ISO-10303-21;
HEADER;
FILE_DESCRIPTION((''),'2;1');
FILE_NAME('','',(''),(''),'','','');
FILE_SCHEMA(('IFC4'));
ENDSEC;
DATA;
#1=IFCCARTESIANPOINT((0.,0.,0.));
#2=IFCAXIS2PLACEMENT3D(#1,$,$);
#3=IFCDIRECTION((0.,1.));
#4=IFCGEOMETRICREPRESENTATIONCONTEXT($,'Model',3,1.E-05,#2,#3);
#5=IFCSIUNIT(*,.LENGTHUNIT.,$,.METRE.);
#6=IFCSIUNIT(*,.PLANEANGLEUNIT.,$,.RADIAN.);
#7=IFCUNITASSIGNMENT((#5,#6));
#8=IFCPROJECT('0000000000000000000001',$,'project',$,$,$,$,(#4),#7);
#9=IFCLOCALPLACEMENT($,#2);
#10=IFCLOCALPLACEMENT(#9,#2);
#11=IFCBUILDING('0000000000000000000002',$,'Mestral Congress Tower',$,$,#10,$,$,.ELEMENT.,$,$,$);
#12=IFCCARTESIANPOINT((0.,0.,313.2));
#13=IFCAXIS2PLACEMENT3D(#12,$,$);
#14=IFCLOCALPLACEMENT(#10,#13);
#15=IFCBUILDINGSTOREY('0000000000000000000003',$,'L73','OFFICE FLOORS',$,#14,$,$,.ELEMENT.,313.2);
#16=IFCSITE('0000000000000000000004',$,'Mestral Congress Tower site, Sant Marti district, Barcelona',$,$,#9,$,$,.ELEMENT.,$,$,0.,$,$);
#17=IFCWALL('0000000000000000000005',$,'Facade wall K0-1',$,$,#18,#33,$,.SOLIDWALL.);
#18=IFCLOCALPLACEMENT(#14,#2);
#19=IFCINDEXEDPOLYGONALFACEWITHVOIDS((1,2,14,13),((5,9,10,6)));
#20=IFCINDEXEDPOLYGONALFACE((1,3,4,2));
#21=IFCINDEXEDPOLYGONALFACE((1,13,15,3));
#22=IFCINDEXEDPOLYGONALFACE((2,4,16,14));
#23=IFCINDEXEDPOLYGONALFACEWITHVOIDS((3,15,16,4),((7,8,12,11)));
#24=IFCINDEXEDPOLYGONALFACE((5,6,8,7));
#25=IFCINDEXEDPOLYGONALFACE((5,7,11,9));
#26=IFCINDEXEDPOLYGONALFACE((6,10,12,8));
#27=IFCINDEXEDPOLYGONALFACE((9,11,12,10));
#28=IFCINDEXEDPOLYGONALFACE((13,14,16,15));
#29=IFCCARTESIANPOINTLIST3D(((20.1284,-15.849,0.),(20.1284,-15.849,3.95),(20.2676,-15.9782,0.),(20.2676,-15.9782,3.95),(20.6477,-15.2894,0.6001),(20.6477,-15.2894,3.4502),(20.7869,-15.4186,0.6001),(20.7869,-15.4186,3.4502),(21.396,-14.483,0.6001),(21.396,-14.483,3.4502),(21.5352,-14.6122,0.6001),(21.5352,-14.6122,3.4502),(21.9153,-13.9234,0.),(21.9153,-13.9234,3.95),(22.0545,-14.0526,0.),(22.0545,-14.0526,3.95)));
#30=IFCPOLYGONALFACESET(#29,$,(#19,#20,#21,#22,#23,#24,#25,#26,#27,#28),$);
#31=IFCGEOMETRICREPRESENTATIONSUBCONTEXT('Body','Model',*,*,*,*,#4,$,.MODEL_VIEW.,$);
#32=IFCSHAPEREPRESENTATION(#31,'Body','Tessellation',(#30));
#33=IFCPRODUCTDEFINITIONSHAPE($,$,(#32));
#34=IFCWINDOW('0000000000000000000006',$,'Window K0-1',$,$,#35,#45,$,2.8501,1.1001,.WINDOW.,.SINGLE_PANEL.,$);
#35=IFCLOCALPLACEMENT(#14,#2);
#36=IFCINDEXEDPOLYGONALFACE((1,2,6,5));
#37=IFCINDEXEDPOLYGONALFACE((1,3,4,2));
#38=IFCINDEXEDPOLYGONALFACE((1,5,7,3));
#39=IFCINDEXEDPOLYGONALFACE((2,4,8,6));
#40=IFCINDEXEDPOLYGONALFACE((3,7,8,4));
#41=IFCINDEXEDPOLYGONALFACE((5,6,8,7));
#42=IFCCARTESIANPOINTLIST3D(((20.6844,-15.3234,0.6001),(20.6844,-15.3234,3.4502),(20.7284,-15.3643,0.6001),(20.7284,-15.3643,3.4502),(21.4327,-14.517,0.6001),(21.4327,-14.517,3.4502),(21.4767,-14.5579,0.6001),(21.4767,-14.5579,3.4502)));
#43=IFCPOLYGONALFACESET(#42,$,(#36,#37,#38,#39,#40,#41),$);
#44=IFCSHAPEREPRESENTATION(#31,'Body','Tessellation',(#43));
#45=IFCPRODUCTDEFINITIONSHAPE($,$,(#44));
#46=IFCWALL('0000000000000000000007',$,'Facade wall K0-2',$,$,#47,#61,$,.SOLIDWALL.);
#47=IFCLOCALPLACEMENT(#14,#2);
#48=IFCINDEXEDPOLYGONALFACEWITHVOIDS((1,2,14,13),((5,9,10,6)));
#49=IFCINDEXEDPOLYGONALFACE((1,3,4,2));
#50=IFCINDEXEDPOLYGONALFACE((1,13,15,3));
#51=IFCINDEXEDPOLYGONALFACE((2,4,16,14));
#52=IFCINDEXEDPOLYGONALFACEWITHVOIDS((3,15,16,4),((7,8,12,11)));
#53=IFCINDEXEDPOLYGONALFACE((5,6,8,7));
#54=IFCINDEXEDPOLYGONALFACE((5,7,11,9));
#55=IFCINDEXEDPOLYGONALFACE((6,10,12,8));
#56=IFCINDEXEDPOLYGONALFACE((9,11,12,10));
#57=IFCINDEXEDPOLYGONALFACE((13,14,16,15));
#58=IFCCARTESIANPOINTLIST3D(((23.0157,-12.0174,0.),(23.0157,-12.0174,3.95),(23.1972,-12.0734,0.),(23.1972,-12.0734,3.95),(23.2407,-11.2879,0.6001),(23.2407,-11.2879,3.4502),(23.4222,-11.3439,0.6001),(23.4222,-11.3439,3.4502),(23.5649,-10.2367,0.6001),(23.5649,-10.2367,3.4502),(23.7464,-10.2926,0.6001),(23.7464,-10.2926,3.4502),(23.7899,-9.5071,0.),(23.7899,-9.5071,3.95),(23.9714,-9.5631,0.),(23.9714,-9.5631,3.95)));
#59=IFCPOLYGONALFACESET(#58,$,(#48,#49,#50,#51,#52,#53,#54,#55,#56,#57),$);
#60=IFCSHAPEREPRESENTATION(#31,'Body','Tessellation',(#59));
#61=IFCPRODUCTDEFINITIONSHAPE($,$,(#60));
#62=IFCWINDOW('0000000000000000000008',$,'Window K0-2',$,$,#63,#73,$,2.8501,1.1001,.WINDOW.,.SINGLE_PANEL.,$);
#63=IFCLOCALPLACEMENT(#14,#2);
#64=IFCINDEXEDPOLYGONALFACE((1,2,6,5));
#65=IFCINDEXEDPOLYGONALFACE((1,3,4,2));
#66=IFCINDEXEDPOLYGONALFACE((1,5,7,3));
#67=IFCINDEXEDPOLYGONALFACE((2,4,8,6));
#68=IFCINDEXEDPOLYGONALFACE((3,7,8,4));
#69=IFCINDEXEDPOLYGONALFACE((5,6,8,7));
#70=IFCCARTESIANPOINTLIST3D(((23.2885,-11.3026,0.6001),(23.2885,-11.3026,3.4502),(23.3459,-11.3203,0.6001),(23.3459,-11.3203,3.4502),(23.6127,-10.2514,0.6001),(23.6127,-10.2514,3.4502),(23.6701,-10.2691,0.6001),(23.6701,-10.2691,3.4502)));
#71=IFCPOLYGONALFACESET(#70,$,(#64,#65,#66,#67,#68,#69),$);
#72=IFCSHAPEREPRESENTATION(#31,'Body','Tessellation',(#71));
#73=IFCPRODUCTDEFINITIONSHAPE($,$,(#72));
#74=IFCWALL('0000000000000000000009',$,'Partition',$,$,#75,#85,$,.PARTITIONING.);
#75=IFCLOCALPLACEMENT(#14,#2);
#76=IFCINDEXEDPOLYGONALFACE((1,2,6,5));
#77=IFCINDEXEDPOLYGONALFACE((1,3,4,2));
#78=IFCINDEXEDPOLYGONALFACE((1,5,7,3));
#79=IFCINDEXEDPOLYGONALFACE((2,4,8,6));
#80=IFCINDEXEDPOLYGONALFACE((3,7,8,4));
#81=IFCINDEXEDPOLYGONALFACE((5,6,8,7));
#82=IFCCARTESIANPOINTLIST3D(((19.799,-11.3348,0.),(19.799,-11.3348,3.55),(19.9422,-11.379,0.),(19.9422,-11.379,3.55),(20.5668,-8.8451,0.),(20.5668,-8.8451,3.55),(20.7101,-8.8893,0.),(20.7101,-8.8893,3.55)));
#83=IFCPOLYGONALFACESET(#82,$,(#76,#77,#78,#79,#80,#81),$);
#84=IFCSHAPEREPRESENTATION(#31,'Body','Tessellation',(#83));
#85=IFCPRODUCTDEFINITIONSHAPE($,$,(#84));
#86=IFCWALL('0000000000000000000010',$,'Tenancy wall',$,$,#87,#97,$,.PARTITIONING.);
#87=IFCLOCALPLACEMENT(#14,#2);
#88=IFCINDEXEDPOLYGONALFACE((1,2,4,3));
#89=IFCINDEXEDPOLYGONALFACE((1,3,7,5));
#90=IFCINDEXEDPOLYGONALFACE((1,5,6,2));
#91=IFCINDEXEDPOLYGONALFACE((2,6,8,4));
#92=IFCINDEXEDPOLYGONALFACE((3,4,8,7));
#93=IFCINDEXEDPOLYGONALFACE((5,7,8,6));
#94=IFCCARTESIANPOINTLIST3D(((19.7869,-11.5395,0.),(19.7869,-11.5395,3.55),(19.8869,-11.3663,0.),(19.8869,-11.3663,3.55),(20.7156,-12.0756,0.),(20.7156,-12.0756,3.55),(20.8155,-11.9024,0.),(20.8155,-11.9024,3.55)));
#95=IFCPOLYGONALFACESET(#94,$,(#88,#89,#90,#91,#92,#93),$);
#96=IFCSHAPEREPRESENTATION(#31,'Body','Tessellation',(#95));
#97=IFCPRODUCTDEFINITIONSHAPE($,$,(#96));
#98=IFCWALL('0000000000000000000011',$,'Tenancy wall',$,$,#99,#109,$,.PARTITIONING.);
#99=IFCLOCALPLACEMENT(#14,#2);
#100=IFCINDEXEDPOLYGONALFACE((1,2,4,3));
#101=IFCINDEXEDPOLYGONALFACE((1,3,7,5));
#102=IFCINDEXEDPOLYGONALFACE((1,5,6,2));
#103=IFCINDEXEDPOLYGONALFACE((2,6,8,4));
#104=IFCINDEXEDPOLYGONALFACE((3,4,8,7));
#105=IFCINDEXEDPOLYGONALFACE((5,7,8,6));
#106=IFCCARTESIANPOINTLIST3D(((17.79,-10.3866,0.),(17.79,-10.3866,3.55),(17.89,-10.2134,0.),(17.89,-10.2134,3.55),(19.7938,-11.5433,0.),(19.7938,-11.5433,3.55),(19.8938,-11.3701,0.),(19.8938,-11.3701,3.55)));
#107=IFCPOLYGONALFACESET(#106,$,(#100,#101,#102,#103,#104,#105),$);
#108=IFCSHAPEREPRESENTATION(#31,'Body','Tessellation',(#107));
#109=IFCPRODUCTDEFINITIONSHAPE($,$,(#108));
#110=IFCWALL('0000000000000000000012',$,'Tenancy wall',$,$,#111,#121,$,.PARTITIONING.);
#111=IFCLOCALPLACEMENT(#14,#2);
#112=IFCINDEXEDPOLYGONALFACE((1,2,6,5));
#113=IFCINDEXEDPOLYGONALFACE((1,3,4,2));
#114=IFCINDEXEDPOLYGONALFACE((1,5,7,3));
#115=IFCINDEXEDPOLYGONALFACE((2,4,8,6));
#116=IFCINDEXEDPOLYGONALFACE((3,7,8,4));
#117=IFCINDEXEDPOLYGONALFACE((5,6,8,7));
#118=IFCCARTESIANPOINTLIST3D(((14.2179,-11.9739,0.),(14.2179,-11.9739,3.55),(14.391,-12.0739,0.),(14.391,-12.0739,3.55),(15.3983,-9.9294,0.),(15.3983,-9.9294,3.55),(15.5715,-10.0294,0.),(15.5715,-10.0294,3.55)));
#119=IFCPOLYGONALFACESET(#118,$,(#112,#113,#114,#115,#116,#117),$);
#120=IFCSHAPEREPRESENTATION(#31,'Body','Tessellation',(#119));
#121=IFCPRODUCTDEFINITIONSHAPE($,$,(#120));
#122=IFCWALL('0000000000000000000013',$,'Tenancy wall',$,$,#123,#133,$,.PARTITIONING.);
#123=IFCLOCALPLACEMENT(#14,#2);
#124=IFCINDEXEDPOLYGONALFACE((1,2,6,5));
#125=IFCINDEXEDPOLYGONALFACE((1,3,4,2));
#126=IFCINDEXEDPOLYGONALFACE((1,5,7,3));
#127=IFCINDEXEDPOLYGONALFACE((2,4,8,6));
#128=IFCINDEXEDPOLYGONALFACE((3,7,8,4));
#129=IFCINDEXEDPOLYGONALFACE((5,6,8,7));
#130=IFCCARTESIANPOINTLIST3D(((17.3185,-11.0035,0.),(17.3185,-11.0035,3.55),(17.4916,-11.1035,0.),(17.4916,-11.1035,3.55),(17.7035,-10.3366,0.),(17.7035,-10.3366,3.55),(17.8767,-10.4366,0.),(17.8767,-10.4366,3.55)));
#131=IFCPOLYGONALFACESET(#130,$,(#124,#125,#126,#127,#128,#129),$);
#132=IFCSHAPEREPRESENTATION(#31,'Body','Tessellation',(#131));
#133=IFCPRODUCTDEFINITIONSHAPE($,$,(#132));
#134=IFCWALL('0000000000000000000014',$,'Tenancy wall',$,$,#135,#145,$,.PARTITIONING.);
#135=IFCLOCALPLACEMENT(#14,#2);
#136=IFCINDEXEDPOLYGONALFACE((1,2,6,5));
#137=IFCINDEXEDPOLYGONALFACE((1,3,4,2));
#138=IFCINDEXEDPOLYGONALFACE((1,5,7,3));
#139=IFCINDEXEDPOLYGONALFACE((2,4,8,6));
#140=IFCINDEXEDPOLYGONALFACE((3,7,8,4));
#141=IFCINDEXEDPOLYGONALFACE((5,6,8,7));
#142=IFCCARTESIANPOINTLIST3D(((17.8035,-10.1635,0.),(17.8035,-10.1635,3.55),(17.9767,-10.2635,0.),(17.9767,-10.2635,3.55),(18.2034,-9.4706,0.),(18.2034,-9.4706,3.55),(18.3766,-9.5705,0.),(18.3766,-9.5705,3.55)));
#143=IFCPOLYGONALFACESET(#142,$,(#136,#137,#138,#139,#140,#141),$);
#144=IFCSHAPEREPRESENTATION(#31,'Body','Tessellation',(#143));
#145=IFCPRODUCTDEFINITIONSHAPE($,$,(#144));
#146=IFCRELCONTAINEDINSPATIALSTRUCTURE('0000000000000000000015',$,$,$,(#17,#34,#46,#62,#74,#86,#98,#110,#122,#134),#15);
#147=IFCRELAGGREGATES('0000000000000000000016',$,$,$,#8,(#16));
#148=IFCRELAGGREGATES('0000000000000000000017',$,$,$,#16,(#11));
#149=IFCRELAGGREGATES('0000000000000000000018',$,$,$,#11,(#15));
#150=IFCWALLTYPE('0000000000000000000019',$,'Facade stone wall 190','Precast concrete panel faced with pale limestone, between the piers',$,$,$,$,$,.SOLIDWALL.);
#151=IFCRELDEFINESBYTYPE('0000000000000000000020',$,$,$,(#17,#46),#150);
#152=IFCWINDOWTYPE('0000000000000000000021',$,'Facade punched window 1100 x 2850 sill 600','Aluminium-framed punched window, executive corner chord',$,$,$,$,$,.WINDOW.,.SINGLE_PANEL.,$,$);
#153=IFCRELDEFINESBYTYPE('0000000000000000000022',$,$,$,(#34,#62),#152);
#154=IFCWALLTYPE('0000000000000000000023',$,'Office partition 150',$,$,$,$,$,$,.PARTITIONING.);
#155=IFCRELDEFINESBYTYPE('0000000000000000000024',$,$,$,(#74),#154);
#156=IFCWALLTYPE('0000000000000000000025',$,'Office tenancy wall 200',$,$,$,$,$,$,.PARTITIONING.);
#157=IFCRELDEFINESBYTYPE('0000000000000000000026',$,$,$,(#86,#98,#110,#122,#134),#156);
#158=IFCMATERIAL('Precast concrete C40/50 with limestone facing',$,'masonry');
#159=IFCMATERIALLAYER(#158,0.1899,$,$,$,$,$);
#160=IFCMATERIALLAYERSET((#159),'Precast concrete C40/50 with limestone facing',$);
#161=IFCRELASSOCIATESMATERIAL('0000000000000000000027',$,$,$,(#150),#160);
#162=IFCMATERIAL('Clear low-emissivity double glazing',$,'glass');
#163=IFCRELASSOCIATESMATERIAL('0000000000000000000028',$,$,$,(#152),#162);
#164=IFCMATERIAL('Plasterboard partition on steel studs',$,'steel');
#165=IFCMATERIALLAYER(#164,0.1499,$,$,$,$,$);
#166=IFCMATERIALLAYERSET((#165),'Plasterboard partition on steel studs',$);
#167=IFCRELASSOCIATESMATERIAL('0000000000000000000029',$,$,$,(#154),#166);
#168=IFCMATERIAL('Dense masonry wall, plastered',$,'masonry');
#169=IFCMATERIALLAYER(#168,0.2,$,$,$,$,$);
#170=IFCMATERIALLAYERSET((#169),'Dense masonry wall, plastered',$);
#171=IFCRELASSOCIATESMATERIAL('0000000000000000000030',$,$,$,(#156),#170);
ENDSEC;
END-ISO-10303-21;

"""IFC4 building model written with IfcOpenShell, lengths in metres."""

from ifc_helpers import new_model, si_unit, direction, frame, frame_2d, origin, place, context, subcontext, project, spatial, rectangle, extrude, material, layer, layer_set, type_object, element, fill, save


model = new_model("IFC4")

# Units and contexts
model_context = context("Model", 3, precision=1e-05, world=origin(), true_north=direction((0.0, 1.0)))
body_context = subcontext(model_context, "Body", "Model", "MODEL_VIEW")
ifc_project = project(units=[si_unit("LENGTHUNIT", "METRE"), si_unit("PLANEANGLEUNIT", "RADIAN")], contexts=[model_context])

# Site, building, storey
site_placement = place(None, origin())
site = spatial("IfcSite", under=ifc_project, at=site_placement, Name="Mestral Congress Tower site, Sant Marti district, Barcelona", CompositionType="ELEMENT", RefElevation=0.0)
building_placement = place(site_placement, origin())
building = spatial("IfcBuilding", under=site, at=building_placement, Name="Mestral Congress Tower", CompositionType="ELEMENT")
storey_placement = place(building_placement, frame((0.0, 0.0, 313.2)))
storey = spatial("IfcBuildingStorey", under=building, at=storey_placement, Name="L73", Description="OFFICE FLOORS", CompositionType="ELEMENT", Elevation=313.2)

# Walls, openings, windows
ifc_material_1 = material(Name="Precast concrete C40/50 with limestone facing", Category="masonry")
ifc_layer_1 = layer(ifc_material_1, 0.1899)
ifc_layer_set_1 = layer_set([ifc_layer_1], Name="Precast concrete C40/50 with limestone facing")
wall_type_1 = type_object("IfcWallType", Name="Facade stone wall 190", Description="Precast concrete panel faced with pale limestone, between the piers", PredefinedType="SOLIDWALL", material=ifc_layer_set_1)
ifc_material_2 = material(Name="Clear low-emissivity double glazing", Category="glass")
window_type = type_object("IfcWindowType", Name="Facade punched window 1100 x 2850 sill 600", Description="Aluminium-framed punched window, executive corner chord", PartitioningType="SINGLE_PANEL", PredefinedType="WINDOW", material=ifc_material_2)
wall_1_placement = place(storey_placement, frame((20.198, -15.9136, 0.0), z_axis=(0.0, 0.0, 1.0), x_axis=(0.680219, 0.733009, 0.0)))
wall_1 = element("IfcWall", 1, at=wall_1_placement, inside=storey, type_object=wall_type_1, Name="Facade wall K0-1", PredefinedType="SOLIDWALL", context=body_context, shape_type="SweptSolid", body=[
    extrude(rectangle(XDim=2.627, YDim=0.1899, at=frame_2d((1.3135, 0.0))), origin(), (0.0, 0.0, 1.0), 3.95),
])
opening_1_placement = place(wall_1_placement, frame((0.7634, 0.0, 0.6001)))
opening_1 = element("IfcOpeningElement", 2, at=opening_1_placement, cuts=wall_1, PredefinedType="OPENING", context=body_context, shape_type="SweptSolid", body=[
    extrude(rectangle(XDim=1.1001, YDim=2.8501, at=frame_2d((0.55, 1.425))), frame((0.0, 0.105, 0.0), z_axis=(0.0, -1.0, 0.0), x_axis=(1.0, 0.0, 0.0)), (0.0, 0.0, 1.0), 0.21),
])
window_1_placement = place(opening_1_placement, origin())
window_1 = element("IfcWindow", 3, at=window_1_placement, inside=storey, type_object=window_type, Name="Window K0-1", OverallHeight=2.8501, OverallWidth=1.1001, PartitioningType="SINGLE_PANEL", PredefinedType="WINDOW", context=body_context, shape_type="SweptSolid", body=[
    extrude(rectangle(XDim=1.1001, YDim=2.8501, at=frame_2d((0.55, 1.425))), frame((0.0, 0.0449, 0.0), z_axis=(0.0, -1.0, 0.0), x_axis=(1.0, 0.0, 0.0)), (0.0, 0.0, 1.0), 0.0601),
])
fill(opening_1, window_1)
wall_2_placement = place(storey_placement, frame((23.1064, -12.0454, 0.0), z_axis=(0.0, 0.0, 1.0), x_axis=(0.294706, 0.955588, 0.0)))
wall_2 = element("IfcWall", 4, at=wall_2_placement, inside=storey, type_object=wall_type_1, Name="Facade wall K0-2", PredefinedType="SOLIDWALL", context=body_context, shape_type="SweptSolid", body=[
    extrude(rectangle(XDim=2.627, YDim=0.1899, at=frame_2d((1.3135, 0.0))), origin(), (0.0, 0.0, 1.0), 3.95),
])
opening_2_placement = place(wall_2_placement, frame((0.7634, 0.0, 0.6001)))
opening_2 = element("IfcOpeningElement", 5, at=opening_2_placement, cuts=wall_2, PredefinedType="OPENING", context=body_context, shape_type="SweptSolid", body=[
    extrude(rectangle(XDim=1.1001, YDim=2.8501, at=frame_2d((0.55, 1.425))), frame((0.0, 0.105, 0.0), z_axis=(0.0, -1.0, 0.0), x_axis=(1.0, 0.0, 0.0)), (0.0, 0.0, 1.0), 0.21),
])
window_2_placement = place(opening_2_placement, origin())
window_2 = element("IfcWindow", 6, at=window_2_placement, inside=storey, type_object=window_type, Name="Window K0-2", OverallHeight=2.8501, OverallWidth=1.1001, PartitioningType="SINGLE_PANEL", PredefinedType="WINDOW", context=body_context, shape_type="SweptSolid", body=[
    extrude(rectangle(XDim=1.1001, YDim=2.8501, at=frame_2d((0.55, 1.425))), frame((0.0, 0.0449, 0.0), z_axis=(0.0, -1.0, 0.0), x_axis=(1.0, 0.0, 0.0)), (0.0, 0.0, 1.0), 0.0601),
])
fill(opening_2, window_2)

# Walls
ifc_material_3 = material(Name="Plasterboard partition on steel studs", Category="steel")
ifc_layer_2 = layer(ifc_material_3, 0.1499)
ifc_layer_set_2 = layer_set([ifc_layer_2], Name="Plasterboard partition on steel studs")
wall_type_2 = type_object("IfcWallType", Name="Office partition 150", PredefinedType="PARTITIONING", material=ifc_layer_set_2)
wall_3_placement = place(storey_placement, frame((19.8706, -11.3569, 0.0), z_axis=(0.0, 0.0, 1.0), x_axis=(0.294698, 0.95559, 0.0)))
element("IfcWall", 7, at=wall_3_placement, inside=storey, type_object=wall_type_2, Name="Partition", PredefinedType="PARTITIONING", context=body_context, shape_type="SweptSolid", body=[
    extrude(rectangle(XDim=2.6055, YDim=0.1499, at=frame_2d((1.3027, 0.0))), origin(), (0.0, 0.0, 1.0), 3.55),
])
ifc_material_4 = material(Name="Dense masonry wall, plastered", Category="masonry")
ifc_layer_3 = layer(ifc_material_4, 0.2)
ifc_layer_set_3 = layer_set([ifc_layer_3], Name="Dense masonry wall, plastered")
wall_type_3 = type_object("IfcWallType", Name="Office tenancy wall 200", PredefinedType="PARTITIONING", material=ifc_layer_set_3)
wall_4_placement = place(storey_placement, frame((19.8369, -11.4529, 0.0), z_axis=(0.0, 0.0, 1.0), x_axis=(0.866049, -0.499959, 0.0)))
element("IfcWall", 8, at=wall_4_placement, inside=storey, type_object=wall_type_3, Name="Tenancy wall", PredefinedType="PARTITIONING", context=body_context, shape_type="SweptSolid", body=[
    extrude(rectangle(XDim=1.0723, YDim=0.2, at=frame_2d((0.5361, 0.0))), origin(), (0.0, 0.0, 1.0), 3.55),
])
wall_5_placement = place(storey_placement, frame((17.8401, -10.3, 0.0), z_axis=(0.0, 0.0, 1.0), x_axis=(0.866066, -0.499929, 0.0)))
element("IfcWall", 9, at=wall_5_placement, inside=storey, type_object=wall_type_3, Name="Tenancy wall", PredefinedType="PARTITIONING", context=body_context, shape_type="SweptSolid", body=[
    extrude(rectangle(XDim=2.3137, YDim=0.2, at=frame_2d((1.1567, 0.0))), origin(), (0.0, 0.0, 1.0), 3.55),
])
wall_6_placement = place(storey_placement, frame((14.3044, -12.0239, 0.0), z_axis=(0.0, 0.0, 1.0), x_axis=(0.500021, 0.866013, 0.0)))
element("IfcWall", 10, at=wall_6_placement, inside=storey, type_object=wall_type_3, Name="Tenancy wall", PredefinedType="PARTITIONING", context=body_context, shape_type="SweptSolid", body=[
    extrude(rectangle(XDim=2.3608, YDim=0.2, at=frame_2d((1.1804, 0.0))), origin(), (0.0, 0.0, 1.0), 3.55),
])
wall_7_placement = place(storey_placement, frame((17.405, -11.0535, 0.0), z_axis=(0.0, 0.0, 1.0), x_axis=(0.500061, 0.86599, 0.0)))
element("IfcWall", 11, at=wall_7_placement, inside=storey, type_object=wall_type_3, Name="Tenancy wall", PredefinedType="PARTITIONING", context=body_context, shape_type="SweptSolid", body=[
    extrude(rectangle(XDim=0.77, YDim=0.2, at=frame_2d((0.385, 0.0))), origin(), (0.0, 0.0, 1.0), 3.55),
])
wall_8_placement = place(storey_placement, frame((17.8901, -10.2134, 0.0), z_axis=(0.0, 0.0, 1.0), x_axis=(0.499881, 0.866094, 0.0)))
element("IfcWall", 12, at=wall_8_placement, inside=storey, type_object=wall_type_3, Name="Tenancy wall", PredefinedType="PARTITIONING", context=body_context, shape_type="SweptSolid", body=[
    extrude(rectangle(XDim=0.8, YDim=0.2, at=frame_2d((0.3999, 0.0))), origin(), (0.0, 0.0, 1.0), 3.55),
])

save(model, "model.ifc")
